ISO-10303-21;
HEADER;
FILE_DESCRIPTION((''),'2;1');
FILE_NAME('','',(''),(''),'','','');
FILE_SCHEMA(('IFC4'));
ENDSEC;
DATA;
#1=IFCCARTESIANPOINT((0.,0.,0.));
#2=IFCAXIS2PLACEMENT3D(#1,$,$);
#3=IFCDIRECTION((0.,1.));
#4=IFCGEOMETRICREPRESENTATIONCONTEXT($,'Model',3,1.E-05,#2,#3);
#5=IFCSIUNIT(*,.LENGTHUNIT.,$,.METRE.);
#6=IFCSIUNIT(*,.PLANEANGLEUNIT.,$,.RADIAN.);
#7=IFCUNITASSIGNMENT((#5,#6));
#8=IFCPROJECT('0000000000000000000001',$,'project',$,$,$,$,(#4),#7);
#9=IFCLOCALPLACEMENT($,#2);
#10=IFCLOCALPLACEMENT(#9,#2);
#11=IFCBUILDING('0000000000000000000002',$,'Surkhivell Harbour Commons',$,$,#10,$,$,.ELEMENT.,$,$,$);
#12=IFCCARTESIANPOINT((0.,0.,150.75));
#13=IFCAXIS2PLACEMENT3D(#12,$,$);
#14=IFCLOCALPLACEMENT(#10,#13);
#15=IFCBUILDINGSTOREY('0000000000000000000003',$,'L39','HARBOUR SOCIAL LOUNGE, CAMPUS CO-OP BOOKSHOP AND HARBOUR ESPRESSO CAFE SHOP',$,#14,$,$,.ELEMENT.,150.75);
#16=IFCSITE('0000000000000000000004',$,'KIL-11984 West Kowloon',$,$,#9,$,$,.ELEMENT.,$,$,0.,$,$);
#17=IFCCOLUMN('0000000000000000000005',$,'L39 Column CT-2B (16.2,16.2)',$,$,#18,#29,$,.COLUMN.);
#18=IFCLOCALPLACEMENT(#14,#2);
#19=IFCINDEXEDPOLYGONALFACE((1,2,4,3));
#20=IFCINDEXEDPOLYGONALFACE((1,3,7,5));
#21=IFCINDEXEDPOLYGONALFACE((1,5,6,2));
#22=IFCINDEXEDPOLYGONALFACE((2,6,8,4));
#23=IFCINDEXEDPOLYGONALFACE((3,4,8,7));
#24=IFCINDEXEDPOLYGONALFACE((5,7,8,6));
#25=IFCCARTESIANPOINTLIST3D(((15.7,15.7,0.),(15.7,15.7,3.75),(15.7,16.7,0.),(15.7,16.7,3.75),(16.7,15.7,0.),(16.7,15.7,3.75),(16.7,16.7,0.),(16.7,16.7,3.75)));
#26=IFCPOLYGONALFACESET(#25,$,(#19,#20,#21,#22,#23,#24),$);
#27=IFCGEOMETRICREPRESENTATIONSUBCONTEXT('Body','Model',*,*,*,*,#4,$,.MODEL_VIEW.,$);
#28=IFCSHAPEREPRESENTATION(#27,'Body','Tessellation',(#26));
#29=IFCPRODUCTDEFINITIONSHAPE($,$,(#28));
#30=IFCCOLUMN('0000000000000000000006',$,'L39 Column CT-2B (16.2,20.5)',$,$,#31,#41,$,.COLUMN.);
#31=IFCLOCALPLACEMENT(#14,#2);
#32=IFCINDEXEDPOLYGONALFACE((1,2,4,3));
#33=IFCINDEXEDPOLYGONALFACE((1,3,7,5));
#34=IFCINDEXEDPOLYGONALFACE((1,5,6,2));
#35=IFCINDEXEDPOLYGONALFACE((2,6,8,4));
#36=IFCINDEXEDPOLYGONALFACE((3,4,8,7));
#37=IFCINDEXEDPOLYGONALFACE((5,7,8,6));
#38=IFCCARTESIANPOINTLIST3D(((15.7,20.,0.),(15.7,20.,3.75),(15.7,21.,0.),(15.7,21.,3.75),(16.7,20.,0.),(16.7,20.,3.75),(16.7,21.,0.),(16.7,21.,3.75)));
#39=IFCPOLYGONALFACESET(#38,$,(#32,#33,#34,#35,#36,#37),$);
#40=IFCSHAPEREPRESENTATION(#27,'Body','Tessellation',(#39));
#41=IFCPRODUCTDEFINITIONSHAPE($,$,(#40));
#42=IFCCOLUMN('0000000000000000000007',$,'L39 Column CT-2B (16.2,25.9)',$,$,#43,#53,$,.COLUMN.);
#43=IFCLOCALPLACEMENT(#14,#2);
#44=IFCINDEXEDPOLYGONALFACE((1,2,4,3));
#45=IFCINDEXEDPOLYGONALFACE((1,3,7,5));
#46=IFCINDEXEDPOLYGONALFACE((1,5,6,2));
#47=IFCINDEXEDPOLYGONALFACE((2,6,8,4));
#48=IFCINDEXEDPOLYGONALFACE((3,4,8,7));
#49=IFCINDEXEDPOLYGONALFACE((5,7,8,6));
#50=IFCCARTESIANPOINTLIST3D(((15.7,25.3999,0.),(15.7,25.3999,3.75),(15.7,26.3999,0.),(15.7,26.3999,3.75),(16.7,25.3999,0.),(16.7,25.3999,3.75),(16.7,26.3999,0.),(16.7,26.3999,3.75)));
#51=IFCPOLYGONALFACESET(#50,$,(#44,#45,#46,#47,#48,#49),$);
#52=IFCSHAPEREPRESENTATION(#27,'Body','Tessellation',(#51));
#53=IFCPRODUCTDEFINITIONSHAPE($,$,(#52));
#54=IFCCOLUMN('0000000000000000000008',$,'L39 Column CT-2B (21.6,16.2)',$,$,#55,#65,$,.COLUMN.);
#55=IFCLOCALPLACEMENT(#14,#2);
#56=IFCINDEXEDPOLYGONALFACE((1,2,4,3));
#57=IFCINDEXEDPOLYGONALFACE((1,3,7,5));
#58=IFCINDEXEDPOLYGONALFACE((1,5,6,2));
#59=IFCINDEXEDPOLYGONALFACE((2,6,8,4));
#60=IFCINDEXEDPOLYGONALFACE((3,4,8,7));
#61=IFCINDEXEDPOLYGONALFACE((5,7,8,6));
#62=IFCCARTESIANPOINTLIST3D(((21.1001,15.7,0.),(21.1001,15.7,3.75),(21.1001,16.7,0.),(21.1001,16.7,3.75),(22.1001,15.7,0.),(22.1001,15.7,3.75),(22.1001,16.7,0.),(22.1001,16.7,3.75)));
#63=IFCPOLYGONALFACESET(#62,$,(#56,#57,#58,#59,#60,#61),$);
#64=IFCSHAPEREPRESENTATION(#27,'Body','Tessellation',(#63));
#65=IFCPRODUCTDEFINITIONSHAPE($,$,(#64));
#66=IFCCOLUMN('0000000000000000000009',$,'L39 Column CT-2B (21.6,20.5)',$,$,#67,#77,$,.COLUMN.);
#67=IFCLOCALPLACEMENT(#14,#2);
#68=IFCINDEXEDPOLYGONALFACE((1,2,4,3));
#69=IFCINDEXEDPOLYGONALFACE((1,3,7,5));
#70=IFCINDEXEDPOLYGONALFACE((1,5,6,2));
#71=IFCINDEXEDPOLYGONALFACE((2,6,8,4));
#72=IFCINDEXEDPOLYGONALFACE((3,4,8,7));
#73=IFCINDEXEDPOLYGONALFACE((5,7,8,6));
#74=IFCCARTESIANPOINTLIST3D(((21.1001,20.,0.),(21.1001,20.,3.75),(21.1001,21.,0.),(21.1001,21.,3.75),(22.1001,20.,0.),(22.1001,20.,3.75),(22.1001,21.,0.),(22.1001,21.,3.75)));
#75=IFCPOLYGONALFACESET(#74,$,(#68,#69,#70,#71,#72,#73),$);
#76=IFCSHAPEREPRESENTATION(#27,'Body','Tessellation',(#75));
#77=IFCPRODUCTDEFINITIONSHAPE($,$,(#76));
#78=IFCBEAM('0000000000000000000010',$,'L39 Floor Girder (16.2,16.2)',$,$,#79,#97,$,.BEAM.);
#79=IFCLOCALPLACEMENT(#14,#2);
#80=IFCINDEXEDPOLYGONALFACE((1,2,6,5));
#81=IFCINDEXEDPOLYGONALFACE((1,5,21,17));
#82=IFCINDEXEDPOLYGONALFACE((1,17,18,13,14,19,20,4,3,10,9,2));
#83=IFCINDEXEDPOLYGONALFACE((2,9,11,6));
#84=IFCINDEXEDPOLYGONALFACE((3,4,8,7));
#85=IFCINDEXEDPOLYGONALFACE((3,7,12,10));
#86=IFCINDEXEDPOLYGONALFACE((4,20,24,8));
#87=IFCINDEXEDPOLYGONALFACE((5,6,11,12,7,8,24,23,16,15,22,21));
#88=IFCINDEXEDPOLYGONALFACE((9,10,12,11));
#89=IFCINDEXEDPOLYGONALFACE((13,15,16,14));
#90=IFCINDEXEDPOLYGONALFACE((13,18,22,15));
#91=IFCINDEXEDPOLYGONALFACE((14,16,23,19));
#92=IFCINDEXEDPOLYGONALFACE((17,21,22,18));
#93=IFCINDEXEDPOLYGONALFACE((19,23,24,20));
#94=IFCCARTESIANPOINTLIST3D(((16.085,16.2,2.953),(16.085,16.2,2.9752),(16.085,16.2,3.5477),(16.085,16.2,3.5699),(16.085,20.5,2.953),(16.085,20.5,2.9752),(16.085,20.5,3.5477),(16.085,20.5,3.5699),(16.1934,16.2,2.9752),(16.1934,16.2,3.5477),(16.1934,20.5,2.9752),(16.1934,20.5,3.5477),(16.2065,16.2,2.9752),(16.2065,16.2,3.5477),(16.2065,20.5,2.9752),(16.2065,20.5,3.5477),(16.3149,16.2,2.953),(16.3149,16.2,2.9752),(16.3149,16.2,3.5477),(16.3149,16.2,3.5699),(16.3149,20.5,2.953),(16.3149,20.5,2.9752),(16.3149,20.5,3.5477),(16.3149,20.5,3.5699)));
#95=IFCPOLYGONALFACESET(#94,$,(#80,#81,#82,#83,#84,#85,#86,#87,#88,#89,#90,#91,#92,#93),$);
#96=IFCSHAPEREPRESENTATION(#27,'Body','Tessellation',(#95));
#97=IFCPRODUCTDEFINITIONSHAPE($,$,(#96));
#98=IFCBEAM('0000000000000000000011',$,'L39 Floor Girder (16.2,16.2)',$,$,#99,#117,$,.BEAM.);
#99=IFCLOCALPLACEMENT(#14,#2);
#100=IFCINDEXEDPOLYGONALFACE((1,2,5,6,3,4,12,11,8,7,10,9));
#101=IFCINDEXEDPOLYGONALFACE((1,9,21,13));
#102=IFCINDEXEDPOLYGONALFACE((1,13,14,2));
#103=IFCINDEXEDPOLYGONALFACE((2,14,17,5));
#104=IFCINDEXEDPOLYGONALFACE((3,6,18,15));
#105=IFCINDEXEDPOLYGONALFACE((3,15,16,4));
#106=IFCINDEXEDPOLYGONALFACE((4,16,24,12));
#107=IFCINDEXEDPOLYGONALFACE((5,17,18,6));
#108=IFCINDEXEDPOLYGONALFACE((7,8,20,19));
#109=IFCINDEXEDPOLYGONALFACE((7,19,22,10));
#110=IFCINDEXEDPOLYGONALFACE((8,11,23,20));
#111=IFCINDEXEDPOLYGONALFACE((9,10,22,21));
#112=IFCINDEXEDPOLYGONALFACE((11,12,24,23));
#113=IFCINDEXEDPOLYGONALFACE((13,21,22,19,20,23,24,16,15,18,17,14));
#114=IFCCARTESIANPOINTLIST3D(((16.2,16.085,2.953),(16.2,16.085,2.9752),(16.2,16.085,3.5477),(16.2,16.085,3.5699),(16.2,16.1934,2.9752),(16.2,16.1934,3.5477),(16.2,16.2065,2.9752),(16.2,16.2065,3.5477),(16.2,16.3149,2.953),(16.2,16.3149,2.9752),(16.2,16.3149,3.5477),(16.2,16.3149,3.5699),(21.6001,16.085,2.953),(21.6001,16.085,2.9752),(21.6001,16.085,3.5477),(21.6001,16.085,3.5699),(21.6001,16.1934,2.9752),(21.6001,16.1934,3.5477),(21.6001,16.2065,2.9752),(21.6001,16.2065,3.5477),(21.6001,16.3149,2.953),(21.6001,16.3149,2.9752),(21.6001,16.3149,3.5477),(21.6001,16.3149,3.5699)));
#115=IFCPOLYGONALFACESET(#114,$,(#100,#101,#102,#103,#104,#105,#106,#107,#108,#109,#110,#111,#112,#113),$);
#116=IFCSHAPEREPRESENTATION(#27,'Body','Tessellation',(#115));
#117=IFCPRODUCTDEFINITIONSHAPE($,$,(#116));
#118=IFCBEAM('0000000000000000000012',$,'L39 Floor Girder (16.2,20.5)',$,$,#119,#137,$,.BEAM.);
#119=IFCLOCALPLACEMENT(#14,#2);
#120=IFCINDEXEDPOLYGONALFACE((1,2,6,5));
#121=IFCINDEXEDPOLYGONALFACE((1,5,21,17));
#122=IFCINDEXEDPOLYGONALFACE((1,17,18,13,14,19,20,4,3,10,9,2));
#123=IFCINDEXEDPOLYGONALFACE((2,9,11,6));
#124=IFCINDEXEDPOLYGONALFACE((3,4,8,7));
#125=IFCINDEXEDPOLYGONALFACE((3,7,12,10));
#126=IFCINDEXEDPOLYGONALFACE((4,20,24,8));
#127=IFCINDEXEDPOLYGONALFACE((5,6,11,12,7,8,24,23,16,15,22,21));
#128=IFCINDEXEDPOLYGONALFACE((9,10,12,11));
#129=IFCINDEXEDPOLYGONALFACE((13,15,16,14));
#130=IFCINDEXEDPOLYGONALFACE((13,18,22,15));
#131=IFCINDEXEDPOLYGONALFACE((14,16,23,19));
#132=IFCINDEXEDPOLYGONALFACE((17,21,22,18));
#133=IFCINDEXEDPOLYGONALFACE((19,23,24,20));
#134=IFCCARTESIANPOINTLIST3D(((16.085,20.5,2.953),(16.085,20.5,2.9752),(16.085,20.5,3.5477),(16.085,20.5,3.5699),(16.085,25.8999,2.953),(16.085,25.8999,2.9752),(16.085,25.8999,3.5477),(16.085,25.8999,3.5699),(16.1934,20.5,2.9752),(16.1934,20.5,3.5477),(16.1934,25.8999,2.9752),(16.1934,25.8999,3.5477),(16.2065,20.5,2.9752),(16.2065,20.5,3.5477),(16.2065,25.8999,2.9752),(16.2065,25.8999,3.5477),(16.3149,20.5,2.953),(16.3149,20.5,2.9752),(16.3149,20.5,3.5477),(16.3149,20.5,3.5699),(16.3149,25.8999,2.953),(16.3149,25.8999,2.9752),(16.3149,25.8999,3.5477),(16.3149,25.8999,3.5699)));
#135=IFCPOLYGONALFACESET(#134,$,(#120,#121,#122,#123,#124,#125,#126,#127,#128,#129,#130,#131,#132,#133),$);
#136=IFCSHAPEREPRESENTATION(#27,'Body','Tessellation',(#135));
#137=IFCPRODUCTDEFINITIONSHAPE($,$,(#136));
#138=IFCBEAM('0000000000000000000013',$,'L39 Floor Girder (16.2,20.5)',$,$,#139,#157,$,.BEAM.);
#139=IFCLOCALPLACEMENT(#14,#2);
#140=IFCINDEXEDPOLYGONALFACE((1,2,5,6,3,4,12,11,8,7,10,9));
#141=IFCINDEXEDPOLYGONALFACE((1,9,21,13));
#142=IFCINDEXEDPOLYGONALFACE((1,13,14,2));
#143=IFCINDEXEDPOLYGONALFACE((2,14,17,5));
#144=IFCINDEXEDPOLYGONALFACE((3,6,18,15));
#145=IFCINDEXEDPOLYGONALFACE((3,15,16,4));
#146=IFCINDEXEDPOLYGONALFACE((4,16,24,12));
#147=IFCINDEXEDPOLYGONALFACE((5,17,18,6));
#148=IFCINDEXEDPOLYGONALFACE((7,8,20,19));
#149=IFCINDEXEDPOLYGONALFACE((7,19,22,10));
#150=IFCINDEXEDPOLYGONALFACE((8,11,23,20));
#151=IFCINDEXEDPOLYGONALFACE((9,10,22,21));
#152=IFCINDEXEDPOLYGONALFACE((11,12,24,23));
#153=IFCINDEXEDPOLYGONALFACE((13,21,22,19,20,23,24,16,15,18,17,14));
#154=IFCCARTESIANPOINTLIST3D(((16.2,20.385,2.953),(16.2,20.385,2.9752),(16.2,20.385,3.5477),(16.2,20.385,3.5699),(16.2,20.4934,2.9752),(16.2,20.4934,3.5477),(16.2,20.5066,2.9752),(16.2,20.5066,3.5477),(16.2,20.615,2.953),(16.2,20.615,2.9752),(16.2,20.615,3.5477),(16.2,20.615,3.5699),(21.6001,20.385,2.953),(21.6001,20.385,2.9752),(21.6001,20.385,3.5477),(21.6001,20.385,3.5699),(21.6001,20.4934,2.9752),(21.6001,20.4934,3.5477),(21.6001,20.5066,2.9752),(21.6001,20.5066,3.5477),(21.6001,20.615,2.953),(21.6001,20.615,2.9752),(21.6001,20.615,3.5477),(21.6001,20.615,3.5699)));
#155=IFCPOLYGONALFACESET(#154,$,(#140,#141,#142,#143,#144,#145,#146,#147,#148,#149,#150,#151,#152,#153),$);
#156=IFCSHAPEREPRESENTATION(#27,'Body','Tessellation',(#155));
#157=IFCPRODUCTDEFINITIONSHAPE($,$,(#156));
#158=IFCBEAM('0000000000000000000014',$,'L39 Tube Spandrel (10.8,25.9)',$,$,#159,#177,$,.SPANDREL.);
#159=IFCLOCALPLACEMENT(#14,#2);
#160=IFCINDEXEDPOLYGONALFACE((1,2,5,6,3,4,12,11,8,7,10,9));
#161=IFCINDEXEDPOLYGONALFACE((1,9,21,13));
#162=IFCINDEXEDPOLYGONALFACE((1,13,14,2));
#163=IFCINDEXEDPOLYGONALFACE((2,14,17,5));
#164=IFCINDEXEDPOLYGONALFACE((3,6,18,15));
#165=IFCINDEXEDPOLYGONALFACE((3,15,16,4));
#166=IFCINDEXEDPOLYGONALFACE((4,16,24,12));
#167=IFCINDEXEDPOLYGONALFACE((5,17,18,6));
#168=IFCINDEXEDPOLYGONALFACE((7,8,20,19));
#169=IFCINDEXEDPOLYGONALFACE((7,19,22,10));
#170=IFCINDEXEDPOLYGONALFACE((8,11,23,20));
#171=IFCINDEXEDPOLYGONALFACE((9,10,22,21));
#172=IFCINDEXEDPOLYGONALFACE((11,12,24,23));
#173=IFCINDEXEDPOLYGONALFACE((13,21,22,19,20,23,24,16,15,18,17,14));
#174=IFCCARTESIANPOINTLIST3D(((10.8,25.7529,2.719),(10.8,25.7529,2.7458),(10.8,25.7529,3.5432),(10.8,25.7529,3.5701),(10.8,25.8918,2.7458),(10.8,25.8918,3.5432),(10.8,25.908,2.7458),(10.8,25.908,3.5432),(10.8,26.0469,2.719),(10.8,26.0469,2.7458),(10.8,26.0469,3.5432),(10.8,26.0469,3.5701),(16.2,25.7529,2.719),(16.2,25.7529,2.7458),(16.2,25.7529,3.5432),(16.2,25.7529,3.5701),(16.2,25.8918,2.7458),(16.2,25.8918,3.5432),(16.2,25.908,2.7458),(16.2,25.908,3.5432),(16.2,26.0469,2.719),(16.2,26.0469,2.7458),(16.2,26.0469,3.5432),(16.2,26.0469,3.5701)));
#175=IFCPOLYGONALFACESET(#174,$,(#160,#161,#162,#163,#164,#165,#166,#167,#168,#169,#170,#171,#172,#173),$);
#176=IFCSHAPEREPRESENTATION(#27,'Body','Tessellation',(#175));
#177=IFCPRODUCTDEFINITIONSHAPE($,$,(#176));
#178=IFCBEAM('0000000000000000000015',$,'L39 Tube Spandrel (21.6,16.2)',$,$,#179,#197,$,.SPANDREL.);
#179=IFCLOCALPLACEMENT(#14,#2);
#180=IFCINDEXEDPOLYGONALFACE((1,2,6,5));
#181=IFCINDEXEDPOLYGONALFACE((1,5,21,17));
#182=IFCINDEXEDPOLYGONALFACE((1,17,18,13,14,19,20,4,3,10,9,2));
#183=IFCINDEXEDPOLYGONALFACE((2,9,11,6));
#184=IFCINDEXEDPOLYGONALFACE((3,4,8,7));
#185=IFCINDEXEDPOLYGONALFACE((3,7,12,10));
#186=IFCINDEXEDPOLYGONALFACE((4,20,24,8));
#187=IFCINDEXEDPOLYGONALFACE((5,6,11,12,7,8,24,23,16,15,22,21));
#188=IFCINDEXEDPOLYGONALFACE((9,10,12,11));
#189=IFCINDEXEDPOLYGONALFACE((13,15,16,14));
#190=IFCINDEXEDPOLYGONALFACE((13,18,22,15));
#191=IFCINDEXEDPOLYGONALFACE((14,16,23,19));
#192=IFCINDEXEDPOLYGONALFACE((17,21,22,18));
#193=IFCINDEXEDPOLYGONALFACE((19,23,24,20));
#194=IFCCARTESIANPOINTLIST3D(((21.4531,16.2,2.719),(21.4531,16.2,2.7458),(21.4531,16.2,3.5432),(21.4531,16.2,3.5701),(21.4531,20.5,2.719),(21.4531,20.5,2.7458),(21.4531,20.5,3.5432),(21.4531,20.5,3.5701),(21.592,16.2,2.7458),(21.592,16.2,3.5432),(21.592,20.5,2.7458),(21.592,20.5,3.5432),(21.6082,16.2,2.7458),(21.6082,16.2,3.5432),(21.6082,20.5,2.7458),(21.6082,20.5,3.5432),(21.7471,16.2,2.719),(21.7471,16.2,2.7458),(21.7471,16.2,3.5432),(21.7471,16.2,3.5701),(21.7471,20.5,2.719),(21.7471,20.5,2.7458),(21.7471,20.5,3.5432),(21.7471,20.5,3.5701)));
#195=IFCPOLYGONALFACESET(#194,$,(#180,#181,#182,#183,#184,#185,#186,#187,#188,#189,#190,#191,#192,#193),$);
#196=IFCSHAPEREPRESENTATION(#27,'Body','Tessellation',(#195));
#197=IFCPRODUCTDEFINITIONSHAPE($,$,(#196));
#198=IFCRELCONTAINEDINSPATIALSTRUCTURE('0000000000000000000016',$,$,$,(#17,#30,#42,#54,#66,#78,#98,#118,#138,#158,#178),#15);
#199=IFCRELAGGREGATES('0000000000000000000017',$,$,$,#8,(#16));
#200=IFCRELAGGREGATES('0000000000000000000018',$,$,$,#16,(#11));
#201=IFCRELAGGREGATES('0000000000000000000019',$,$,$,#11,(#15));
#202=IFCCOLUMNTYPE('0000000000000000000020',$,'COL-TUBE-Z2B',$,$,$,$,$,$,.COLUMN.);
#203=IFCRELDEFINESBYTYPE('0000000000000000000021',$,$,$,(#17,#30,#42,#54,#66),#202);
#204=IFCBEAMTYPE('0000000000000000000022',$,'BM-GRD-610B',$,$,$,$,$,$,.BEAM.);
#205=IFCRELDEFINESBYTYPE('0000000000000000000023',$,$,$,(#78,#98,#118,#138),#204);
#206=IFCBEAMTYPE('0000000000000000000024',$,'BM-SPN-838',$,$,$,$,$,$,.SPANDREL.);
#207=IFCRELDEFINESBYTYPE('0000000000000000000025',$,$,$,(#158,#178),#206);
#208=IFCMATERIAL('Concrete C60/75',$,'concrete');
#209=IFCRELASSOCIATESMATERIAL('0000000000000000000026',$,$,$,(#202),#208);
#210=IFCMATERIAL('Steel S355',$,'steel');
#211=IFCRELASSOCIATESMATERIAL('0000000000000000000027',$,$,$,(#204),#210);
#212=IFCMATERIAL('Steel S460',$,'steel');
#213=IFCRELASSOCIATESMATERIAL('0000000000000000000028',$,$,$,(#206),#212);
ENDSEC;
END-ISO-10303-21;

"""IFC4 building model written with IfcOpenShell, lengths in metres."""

from ifc_helpers import new_model, si_unit, direction, frame, origin, origin_2d, place, context, subcontext, project, spatial, rectangle, i_section, extrude, material, material_profile, profile_set, type_object, element, save


model = new_model("IFC4")

# Units and contexts
model_context = context("Model", 3, precision=1e-05, world=origin(), true_north=direction((0.0, 1.0)))
body_context = subcontext(model_context, "Body", "Model", "MODEL_VIEW")
ifc_project = project(units=[si_unit("LENGTHUNIT", "METRE"), si_unit("PLANEANGLEUNIT", "RADIAN")], contexts=[model_context])

# Site, building, storey
site_placement = place(None, origin())
site = spatial("IfcSite", under=ifc_project, at=site_placement, Name="KIL-11984 West Kowloon", CompositionType="ELEMENT", RefElevation=0.0)
building_placement = place(site_placement, origin())
building = spatial("IfcBuilding", under=site, at=building_placement, Name="Surkhivell Harbour Commons", CompositionType="ELEMENT")
storey_placement = place(building_placement, frame((0.0, 0.0, 150.75)))
storey = spatial("IfcBuildingStorey", under=building, at=storey_placement, Name="L39", Description="HARBOUR SOCIAL LOUNGE, CAMPUS CO-OP BOOKSHOP AND HARBOUR ESPRESSO CAFE SHOP", CompositionType="ELEMENT", Elevation=150.75)

# Columns
ifc_material_1 = material(Name="Concrete C60/75", Category="concrete")
ifc_material_profile_1 = material_profile(ifc_material_1, rectangle(XDim=1.0, YDim=1.0, at=origin_2d()), Name="RC-COL-1000x1000")
ifc_profile_set_1 = profile_set([ifc_material_profile_1], Name="Concrete C60/75")
column_type = type_object("IfcColumnType", Name="COL-TUBE-Z2B", PredefinedType="COLUMN", material=ifc_profile_set_1)
for number, where, z_axis, x_axis, name in (
    (1, (16.2, 16.2, 0.0), (0.0, 0.0, 1.0), (1.0, 0.0, 0.0), "L39 Column CT-2B (16.2,16.2)"),
    (2, (16.2, 20.5, 0.0), (0.0, 0.0, 1.0), (1.0, 0.0, 0.0), "L39 Column CT-2B (16.2,20.5)"),
    (3, (16.2, 25.8999, 0.0), (0.0, 0.0, 1.0), (1.0, 0.0, 0.0), "L39 Column CT-2B (16.2,25.9)"),
    (4, (21.6001, 16.2, 0.0), (0.0, 0.0, 1.0), (1.0, 0.0, 0.0), "L39 Column CT-2B (21.6,16.2)"),
    (5, (21.6001, 20.5, 0.0), (0.0, 0.0, 1.0), (1.0, 0.0, 0.0), "L39 Column CT-2B (21.6,20.5)"),
):
    element("IfcColumn", number, at=place(storey_placement, frame(where, z_axis=z_axis, x_axis=x_axis)), inside=storey, type_object=column_type, Name=name, PredefinedType="COLUMN", context=body_context, shape_type="SweptSolid", body=[
        extrude(rectangle(XDim=1.0, YDim=1.0, at=origin_2d()), origin(), (0.0, 0.0, 1.0), 3.75),
    ])

# Beams
ifc_material_2 = material(Name="Steel S355", Category="steel")
ifc_material_profile_2 = material_profile(ifc_material_2, i_section(OverallWidth=0.23, OverallDepth=0.6169, WebThickness=0.0132, FlangeThickness=0.0222, at=origin_2d()), Name="UB610x229x140")
ifc_profile_set_2 = profile_set([ifc_material_profile_2], Name="Steel S355")
beam_type_1 = type_object("IfcBeamType", Name="BM-GRD-610B", PredefinedType="BEAM", material=ifc_profile_set_2)
beam_1_placement = place(storey_placement, frame((16.2, 16.2, 3.2615), z_axis=(0.0, 1.0, 0.0), x_axis=(-1.0, 0.0, 0.0)))
element("IfcBeam", 6, at=beam_1_placement, inside=storey, type_object=beam_type_1, Name="L39 Floor Girder (16.2,16.2)", PredefinedType="BEAM", context=body_context, shape_type="SweptSolid", body=[
    extrude(i_section(OverallWidth=0.23, OverallDepth=0.6169, WebThickness=0.0132, FlangeThickness=0.0222, at=origin_2d()), origin(), (0.0, 0.0, 1.0), 4.3),
])
beam_2_placement = place(storey_placement, frame((16.2, 16.2, 3.2615), z_axis=(1.0, 0.0, 0.0), x_axis=(0.0, 1.0, 0.0)))
element("IfcBeam", 7, at=beam_2_placement, inside=storey, type_object=beam_type_1, Name="L39 Floor Girder (16.2,16.2)", PredefinedType="BEAM", context=body_context, shape_type="SweptSolid", body=[
    extrude(i_section(OverallWidth=0.23, OverallDepth=0.6169, WebThickness=0.0132, FlangeThickness=0.0222, at=origin_2d()), origin(), (0.0, 0.0, 1.0), 5.4001),
])
beam_3_placement = place(storey_placement, frame((16.2, 20.5, 3.2615), z_axis=(0.0, 1.0, 0.0), x_axis=(-1.0, 0.0, 0.0)))
element("IfcBeam", 8, at=beam_3_placement, inside=storey, type_object=beam_type_1, Name="L39 Floor Girder (16.2,20.5)", PredefinedType="BEAM", context=body_context, shape_type="SweptSolid", body=[
    extrude(i_section(OverallWidth=0.23, OverallDepth=0.6169, WebThickness=0.0132, FlangeThickness=0.0222, at=origin_2d()), origin(), (0.0, 0.0, 1.0), 5.3999),
])
beam_4_placement = place(storey_placement, frame((16.2, 20.5, 3.2615), z_axis=(1.0, 0.0, 0.0), x_axis=(0.0, 1.0, 0.0)))
element("IfcBeam", 9, at=beam_4_placement, inside=storey, type_object=beam_type_1, Name="L39 Floor Girder (16.2,20.5)", PredefinedType="BEAM", context=body_context, shape_type="SweptSolid", body=[
    extrude(i_section(OverallWidth=0.23, OverallDepth=0.6169, WebThickness=0.0132, FlangeThickness=0.0222, at=origin_2d()), origin(), (0.0, 0.0, 1.0), 5.4001),
])
ifc_material_3 = material(Name="Steel S460", Category="steel")
ifc_material_profile_3 = material_profile(ifc_material_3, i_section(OverallWidth=0.2939, OverallDepth=0.8511, WebThickness=0.0161, FlangeThickness=0.0269, at=origin_2d()), Name="UB838x292x226")
ifc_profile_set_3 = profile_set([ifc_material_profile_3], Name="Steel S460")
beam_type_2 = type_object("IfcBeamType", Name="BM-SPN-838", PredefinedType="SPANDREL", material=ifc_profile_set_3)
beam_5_placement = place(storey_placement, frame((10.8, 25.8999, 3.1445), z_axis=(1.0, 0.0, 0.0), x_axis=(0.0, 1.0, 0.0)))
element("IfcBeam", 10, at=beam_5_placement, inside=storey, type_object=beam_type_2, Name="L39 Tube Spandrel (10.8,25.9)", PredefinedType="SPANDREL", context=body_context, shape_type="SweptSolid", body=[
    extrude(i_section(OverallWidth=0.2939, OverallDepth=0.8511, WebThickness=0.0161, FlangeThickness=0.0269, at=origin_2d()), origin(), (0.0, 0.0, 1.0), 5.3999),
])
beam_6_placement = place(storey_placement, frame((21.6001, 16.2, 3.1445), z_axis=(0.0, 1.0, 0.0), x_axis=(-1.0, 0.0, 0.0)))
element("IfcBeam", 11, at=beam_6_placement, inside=storey, type_object=beam_type_2, Name="L39 Tube Spandrel (21.6,16.2)", PredefinedType="SPANDREL", context=body_context, shape_type="SweptSolid", body=[
    extrude(i_section(OverallWidth=0.2939, OverallDepth=0.8511, WebThickness=0.0161, FlangeThickness=0.0269, at=origin_2d()), origin(), (0.0, 0.0, 1.0), 4.3),
])

save(model, "model.ifc")
